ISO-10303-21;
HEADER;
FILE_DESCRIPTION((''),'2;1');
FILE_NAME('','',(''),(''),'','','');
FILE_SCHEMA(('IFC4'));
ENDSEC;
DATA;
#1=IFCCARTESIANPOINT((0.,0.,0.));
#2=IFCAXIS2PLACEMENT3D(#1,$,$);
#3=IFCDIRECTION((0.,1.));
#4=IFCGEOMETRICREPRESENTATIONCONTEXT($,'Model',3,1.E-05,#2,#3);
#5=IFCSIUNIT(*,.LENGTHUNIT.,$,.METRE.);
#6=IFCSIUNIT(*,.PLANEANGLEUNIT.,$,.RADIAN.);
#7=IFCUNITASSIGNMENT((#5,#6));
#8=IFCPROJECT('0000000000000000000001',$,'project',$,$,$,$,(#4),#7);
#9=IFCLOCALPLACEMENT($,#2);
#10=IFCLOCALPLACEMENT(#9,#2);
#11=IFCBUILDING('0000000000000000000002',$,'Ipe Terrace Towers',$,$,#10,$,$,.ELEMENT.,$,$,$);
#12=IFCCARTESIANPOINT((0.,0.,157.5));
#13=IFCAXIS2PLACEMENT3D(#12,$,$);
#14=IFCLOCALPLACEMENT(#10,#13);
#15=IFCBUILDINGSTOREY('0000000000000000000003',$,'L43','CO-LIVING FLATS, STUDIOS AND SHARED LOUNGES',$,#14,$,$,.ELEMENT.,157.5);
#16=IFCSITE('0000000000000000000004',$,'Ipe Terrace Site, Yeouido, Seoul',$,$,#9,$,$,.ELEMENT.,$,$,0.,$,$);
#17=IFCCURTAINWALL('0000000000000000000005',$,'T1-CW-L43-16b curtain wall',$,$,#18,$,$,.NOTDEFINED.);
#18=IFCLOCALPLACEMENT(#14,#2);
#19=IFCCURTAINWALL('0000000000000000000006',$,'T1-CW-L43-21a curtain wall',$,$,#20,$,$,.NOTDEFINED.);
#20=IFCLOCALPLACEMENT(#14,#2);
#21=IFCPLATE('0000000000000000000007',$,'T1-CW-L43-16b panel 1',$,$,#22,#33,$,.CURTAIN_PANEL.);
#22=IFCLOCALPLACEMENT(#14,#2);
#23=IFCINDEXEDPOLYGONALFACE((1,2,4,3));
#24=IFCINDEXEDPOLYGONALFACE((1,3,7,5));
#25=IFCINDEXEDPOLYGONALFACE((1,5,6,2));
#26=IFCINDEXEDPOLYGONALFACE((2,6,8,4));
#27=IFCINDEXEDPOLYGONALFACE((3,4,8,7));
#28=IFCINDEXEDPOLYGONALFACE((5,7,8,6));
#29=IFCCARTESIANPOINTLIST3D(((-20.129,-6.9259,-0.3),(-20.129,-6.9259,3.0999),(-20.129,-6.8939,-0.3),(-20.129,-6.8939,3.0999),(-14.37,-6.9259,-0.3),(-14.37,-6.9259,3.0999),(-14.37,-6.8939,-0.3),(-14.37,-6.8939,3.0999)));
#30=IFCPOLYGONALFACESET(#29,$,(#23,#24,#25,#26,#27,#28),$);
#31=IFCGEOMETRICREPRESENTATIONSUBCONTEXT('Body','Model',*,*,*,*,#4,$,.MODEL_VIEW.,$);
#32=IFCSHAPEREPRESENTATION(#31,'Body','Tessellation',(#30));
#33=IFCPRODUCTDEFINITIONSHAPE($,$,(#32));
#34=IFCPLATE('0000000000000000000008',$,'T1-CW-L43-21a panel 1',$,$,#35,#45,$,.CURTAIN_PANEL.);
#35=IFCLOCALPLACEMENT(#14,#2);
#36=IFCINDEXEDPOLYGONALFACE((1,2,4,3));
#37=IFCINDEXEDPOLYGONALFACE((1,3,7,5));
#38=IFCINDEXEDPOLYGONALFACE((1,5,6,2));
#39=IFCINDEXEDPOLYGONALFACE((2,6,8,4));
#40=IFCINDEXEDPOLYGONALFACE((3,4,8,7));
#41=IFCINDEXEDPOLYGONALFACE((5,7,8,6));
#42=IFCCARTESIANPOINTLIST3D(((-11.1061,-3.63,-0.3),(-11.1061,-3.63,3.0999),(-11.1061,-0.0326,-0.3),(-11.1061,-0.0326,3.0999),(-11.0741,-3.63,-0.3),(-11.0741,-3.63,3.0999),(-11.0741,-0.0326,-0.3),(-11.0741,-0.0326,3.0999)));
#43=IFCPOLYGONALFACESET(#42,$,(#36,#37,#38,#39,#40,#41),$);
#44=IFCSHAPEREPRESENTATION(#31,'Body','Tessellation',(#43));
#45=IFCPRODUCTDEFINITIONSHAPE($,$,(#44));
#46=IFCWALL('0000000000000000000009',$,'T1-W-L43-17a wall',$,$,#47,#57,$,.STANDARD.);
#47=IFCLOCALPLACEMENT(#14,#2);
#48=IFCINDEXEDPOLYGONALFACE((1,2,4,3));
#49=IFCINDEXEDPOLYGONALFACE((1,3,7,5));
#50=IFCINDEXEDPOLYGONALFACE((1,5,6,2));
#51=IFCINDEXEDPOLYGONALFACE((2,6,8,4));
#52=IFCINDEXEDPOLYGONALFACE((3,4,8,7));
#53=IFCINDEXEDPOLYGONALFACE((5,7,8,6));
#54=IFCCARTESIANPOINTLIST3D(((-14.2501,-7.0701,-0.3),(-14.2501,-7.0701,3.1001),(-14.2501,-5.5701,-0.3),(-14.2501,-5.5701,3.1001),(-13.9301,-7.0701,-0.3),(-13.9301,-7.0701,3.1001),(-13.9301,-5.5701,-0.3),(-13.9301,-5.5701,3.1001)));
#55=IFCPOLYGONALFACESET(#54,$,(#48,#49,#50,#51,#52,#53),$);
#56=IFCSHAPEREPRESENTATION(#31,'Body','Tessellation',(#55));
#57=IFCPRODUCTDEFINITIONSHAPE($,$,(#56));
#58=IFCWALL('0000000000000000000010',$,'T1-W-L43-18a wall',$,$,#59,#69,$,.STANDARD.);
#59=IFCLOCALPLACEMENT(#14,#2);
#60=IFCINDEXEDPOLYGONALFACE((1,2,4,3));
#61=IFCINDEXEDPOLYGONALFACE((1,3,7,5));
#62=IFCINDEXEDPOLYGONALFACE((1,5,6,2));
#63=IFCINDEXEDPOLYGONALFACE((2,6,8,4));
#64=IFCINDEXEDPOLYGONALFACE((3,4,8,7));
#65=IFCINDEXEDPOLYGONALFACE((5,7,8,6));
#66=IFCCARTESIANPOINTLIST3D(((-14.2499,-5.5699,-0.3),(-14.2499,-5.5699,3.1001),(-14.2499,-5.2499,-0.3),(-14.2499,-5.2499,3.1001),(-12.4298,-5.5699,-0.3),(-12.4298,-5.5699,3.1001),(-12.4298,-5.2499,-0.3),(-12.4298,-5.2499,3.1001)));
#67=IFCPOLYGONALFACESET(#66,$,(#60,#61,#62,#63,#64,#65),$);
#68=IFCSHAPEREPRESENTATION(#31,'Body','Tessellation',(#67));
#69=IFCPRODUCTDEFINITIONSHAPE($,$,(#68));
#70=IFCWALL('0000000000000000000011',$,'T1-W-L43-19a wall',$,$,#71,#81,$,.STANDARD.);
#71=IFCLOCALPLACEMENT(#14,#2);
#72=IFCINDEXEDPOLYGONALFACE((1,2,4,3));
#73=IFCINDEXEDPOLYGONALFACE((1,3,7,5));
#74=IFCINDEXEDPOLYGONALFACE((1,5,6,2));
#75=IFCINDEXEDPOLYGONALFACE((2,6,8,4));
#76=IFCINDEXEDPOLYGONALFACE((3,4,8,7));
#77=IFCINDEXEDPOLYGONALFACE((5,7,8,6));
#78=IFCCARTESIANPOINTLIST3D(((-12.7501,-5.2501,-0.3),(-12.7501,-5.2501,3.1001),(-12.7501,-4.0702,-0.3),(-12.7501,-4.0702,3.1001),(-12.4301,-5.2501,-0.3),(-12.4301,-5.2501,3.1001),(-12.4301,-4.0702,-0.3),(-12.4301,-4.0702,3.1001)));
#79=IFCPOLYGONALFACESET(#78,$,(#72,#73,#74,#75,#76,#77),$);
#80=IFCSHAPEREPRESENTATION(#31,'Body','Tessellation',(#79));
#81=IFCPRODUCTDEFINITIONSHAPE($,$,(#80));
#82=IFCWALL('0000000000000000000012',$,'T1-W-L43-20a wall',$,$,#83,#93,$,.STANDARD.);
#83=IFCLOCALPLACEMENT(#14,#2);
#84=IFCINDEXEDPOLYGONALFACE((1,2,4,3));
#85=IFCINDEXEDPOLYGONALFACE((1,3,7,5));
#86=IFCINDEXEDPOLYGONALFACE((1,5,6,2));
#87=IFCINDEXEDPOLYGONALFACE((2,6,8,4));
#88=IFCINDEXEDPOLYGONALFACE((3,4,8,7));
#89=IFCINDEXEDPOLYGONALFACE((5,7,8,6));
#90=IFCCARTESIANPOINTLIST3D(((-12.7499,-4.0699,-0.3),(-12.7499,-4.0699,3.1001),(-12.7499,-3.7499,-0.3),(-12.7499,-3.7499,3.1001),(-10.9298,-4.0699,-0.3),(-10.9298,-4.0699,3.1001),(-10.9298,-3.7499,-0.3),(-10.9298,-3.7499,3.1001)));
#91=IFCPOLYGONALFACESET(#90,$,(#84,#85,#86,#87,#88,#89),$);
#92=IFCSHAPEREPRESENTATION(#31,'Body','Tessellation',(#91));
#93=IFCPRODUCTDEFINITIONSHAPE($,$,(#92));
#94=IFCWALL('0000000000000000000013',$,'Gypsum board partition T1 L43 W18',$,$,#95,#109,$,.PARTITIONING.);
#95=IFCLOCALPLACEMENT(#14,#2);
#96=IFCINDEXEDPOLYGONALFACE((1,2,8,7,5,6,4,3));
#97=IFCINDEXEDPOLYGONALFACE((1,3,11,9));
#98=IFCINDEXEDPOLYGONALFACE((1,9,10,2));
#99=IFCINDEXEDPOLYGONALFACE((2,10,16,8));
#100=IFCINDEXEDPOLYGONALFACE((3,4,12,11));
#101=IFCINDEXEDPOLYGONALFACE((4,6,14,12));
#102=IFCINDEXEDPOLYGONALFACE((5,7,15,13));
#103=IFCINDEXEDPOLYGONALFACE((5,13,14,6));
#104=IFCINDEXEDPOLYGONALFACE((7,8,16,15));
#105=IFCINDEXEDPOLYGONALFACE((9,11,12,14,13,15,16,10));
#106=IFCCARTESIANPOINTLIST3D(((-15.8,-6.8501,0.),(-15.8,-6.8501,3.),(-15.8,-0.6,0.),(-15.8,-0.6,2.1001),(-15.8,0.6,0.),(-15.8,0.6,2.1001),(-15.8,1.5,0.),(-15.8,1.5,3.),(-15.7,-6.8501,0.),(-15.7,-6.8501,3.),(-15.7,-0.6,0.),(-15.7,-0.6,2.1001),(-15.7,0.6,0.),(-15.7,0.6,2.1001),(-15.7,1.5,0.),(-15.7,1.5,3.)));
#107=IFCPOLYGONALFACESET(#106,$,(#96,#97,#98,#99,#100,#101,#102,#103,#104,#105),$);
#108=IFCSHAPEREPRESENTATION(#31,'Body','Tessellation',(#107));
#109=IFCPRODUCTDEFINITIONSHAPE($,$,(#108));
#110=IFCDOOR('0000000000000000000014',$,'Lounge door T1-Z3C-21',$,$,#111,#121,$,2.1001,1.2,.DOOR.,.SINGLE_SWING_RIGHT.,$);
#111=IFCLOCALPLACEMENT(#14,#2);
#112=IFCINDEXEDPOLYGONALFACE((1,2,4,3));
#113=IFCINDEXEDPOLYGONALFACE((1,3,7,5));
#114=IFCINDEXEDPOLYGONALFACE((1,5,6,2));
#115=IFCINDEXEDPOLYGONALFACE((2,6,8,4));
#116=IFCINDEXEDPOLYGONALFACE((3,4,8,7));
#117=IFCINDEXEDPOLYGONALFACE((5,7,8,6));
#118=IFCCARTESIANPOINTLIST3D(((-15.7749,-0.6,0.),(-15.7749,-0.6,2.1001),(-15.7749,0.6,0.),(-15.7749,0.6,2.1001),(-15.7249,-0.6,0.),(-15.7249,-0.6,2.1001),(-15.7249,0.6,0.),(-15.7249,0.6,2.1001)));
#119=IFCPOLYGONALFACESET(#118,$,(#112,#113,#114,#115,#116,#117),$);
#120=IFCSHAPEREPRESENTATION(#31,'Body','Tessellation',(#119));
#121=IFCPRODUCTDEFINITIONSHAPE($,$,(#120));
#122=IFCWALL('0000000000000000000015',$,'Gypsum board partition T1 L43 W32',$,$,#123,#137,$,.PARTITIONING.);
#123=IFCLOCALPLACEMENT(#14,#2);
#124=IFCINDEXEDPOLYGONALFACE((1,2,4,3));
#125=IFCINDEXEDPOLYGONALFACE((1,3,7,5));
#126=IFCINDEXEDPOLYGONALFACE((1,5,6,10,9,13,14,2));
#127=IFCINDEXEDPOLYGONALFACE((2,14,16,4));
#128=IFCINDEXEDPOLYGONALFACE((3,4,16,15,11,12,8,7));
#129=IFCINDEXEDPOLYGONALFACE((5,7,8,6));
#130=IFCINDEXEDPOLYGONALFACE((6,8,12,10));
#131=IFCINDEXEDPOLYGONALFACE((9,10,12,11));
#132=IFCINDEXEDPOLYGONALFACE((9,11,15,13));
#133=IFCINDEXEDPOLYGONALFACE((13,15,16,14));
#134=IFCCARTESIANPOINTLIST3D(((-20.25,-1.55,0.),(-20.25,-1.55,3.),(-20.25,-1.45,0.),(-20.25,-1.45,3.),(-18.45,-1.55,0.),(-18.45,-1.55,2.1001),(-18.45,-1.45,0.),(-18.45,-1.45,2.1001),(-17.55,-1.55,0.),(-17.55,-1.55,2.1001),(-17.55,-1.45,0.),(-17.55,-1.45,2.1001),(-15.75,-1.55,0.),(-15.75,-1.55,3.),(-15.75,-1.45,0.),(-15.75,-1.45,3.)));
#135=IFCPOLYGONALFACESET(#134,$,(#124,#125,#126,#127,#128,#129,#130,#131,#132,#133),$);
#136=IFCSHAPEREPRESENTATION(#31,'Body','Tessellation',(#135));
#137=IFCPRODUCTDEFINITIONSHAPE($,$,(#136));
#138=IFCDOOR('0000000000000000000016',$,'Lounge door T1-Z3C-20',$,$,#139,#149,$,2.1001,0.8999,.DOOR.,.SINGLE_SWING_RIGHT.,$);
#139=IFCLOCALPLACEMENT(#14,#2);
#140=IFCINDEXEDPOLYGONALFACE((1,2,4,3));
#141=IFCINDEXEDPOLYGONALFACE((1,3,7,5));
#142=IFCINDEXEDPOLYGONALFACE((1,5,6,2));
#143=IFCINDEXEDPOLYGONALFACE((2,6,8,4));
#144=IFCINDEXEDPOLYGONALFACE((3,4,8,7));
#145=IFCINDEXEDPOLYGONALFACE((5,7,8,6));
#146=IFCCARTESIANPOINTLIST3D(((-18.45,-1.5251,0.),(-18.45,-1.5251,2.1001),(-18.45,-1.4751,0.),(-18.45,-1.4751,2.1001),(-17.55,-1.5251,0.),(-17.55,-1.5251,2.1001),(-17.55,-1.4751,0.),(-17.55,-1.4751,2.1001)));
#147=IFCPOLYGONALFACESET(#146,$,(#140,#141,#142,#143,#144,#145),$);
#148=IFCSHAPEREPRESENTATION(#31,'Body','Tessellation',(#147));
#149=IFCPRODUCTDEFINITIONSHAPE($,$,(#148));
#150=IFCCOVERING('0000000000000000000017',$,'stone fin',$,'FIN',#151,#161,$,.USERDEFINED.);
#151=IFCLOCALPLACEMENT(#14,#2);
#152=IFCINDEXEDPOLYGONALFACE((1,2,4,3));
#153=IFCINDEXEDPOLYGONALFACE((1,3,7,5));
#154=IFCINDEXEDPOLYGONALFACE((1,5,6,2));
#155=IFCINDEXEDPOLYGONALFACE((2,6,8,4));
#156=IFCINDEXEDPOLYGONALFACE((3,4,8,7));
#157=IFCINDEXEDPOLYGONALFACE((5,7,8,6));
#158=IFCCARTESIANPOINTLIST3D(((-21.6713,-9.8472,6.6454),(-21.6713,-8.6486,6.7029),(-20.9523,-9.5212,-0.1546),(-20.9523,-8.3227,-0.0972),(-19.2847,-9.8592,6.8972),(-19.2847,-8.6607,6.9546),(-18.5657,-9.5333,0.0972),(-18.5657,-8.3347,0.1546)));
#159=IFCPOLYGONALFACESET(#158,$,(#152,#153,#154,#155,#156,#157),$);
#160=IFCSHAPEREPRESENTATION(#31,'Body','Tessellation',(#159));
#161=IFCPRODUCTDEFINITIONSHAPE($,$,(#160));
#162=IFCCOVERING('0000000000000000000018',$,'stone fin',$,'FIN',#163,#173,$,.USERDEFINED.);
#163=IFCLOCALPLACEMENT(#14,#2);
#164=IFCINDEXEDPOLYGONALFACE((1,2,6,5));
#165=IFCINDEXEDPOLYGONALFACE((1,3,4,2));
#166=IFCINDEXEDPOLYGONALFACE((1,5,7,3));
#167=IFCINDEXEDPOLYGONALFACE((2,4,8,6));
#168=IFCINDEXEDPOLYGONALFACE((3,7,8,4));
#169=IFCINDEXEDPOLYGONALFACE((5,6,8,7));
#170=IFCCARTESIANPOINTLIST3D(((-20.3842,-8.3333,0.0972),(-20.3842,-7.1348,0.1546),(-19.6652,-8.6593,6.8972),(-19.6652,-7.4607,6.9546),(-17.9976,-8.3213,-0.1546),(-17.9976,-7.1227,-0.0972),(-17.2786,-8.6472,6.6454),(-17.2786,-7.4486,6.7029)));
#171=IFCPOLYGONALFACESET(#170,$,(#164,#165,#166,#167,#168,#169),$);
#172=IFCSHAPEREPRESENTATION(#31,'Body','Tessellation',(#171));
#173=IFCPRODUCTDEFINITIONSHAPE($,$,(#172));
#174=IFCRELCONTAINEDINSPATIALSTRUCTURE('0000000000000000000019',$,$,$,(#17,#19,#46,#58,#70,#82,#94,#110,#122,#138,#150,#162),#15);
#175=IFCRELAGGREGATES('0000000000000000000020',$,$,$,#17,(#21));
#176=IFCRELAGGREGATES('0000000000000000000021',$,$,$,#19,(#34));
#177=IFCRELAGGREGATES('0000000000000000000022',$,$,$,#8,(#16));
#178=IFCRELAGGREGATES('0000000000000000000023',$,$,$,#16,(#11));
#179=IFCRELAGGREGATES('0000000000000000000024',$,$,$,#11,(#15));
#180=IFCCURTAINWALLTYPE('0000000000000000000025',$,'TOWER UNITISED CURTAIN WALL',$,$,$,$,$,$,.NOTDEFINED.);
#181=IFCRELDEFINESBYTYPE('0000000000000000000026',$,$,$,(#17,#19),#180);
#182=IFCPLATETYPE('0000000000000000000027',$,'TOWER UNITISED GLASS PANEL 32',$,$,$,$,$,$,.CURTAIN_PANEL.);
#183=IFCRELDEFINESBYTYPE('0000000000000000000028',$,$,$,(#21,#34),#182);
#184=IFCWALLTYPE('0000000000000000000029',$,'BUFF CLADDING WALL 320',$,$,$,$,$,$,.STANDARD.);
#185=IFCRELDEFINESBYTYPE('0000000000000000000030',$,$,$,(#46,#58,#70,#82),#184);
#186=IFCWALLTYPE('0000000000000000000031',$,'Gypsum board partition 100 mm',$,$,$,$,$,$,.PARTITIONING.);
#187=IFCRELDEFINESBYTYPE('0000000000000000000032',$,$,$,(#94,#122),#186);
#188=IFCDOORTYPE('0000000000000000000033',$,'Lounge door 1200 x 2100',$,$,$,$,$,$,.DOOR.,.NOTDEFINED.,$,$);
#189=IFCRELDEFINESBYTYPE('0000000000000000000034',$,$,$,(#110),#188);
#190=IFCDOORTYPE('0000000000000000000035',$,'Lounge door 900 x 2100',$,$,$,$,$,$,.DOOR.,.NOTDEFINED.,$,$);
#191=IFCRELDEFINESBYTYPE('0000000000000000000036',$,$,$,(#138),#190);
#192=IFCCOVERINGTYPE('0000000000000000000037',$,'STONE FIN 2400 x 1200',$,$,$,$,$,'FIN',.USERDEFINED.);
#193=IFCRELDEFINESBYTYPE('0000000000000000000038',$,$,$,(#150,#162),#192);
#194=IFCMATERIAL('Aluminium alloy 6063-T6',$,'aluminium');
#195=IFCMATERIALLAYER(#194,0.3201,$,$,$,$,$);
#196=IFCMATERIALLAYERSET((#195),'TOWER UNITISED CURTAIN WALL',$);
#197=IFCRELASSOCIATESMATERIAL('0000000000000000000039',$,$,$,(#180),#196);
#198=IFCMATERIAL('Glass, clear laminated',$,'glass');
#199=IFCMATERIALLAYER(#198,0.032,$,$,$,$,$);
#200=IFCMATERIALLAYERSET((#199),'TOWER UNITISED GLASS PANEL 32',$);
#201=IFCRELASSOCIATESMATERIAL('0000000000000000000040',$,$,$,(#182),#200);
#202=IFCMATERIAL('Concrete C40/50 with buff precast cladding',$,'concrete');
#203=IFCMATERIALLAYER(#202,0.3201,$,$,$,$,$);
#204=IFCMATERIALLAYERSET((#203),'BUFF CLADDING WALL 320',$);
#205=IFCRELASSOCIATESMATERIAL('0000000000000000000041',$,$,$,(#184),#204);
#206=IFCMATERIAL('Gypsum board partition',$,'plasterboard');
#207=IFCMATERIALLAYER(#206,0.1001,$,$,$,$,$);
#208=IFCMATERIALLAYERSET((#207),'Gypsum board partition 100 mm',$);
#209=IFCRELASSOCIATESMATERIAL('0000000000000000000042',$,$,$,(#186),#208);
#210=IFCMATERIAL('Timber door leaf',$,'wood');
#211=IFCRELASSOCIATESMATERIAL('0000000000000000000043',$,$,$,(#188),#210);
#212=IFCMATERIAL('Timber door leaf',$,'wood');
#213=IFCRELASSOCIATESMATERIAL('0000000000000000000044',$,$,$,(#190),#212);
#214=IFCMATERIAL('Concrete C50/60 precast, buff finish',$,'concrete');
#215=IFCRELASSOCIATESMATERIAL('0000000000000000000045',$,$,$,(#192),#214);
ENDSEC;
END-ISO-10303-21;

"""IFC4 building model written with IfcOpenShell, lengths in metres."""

from ifc_helpers import new_model, si_unit, direction, frame, frame_2d, origin, origin_2d, place, context, subcontext, project, spatial, rectangle, extrude, material, layer, layer_set, material_profile, profile_set, type_object, element, fill, aggregate, save


model = new_model("IFC4")

# Units and contexts
model_context = context("Model", 3, precision=1e-05, world=origin(), true_north=direction((0.0, 1.0)))
body_context = subcontext(model_context, "Body", "Model", "MODEL_VIEW")
ifc_project = project(units=[si_unit("LENGTHUNIT", "METRE"), si_unit("PLANEANGLEUNIT", "RADIAN")], contexts=[model_context])

# Site, building, storey
site_placement = place(None, origin())
site = spatial("IfcSite", under=ifc_project, at=site_placement, Name="Ipe Terrace Site, Yeouido, Seoul", CompositionType="ELEMENT", RefElevation=0.0)
building_placement = place(site_placement, origin())
building = spatial("IfcBuilding", under=site, at=building_placement, Name="Ipe Terrace Towers", CompositionType="ELEMENT")
storey_placement = place(building_placement, frame((0.0, 0.0, 157.5)))
storey = spatial("IfcBuildingStorey", under=building, at=storey_placement, Name="L43", Description="CO-LIVING FLATS, STUDIOS AND SHARED LOUNGES", CompositionType="ELEMENT", Elevation=157.5)

# Curtain walls
ifc_material_1 = material(Name="Aluminium alloy 6063-T6", Category="aluminium")
ifc_layer_1 = layer(ifc_material_1, 0.3201)
ifc_layer_set_1 = layer_set([ifc_layer_1], Name="TOWER UNITISED CURTAIN WALL")
curtain_wall_type = type_object("IfcCurtainWallType", Name="TOWER UNITISED CURTAIN WALL", PredefinedType="NOTDEFINED", material=ifc_layer_set_1)
curtain_wall_1_placement = place(storey_placement, origin())
curtain_wall_1 = element("IfcCurtainWall", 1, at=curtain_wall_1_placement, inside=storey, type_object=curtain_wall_type, Name="T1-CW-L43-16b curtain wall", PredefinedType="NOTDEFINED")
curtain_wall_2_placement = place(storey_placement, origin())
curtain_wall_2 = element("IfcCurtainWall", 2, at=curtain_wall_2_placement, inside=storey, type_object=curtain_wall_type, Name="T1-CW-L43-21a curtain wall", PredefinedType="NOTDEFINED")

# Plates
ifc_material_2 = material(Name="Glass, clear laminated", Category="glass")
ifc_layer_2 = layer(ifc_material_2, 0.032)
ifc_layer_set_2 = layer_set([ifc_layer_2], Name="TOWER UNITISED GLASS PANEL 32")
plate_type = type_object("IfcPlateType", Name="TOWER UNITISED GLASS PANEL 32", PredefinedType="CURTAIN_PANEL", material=ifc_layer_set_2)
plate_1_placement = place(storey_placement, frame((-17.2495, -6.9099, -0.3), z_axis=(0.0, 0.0, 1.0), x_axis=(1.0, 0.0, 0.0)))
plate_1 = element("IfcPlate", 3, at=plate_1_placement, type_object=plate_type, Name="T1-CW-L43-16b panel 1", PredefinedType="CURTAIN_PANEL", context=body_context, shape_type="SweptSolid", body=[
    extrude(rectangle(XDim=5.759, YDim=0.032, at=origin_2d()), origin(), (0.0, 0.0, 1.0), 3.3999),
])
aggregate(curtain_wall_1, [plate_1])
plate_2_placement = place(storey_placement, frame((-11.0901, -1.8313, -0.3), z_axis=(0.0, 0.0, 1.0), x_axis=(0.0, 1.0, 0.0)))
plate_2 = element("IfcPlate", 4, at=plate_2_placement, type_object=plate_type, Name="T1-CW-L43-21a panel 1", PredefinedType="CURTAIN_PANEL", context=body_context, shape_type="SweptSolid", body=[
    extrude(rectangle(XDim=3.5974, YDim=0.032, at=origin_2d()), origin(), (0.0, 0.0, 1.0), 3.3999),
])
aggregate(curtain_wall_2, [plate_2])

# Walls
ifc_material_3 = material(Name="Concrete C40/50 with buff precast cladding", Category="concrete")
ifc_layer_3 = layer(ifc_material_3, 0.3201)
ifc_layer_set_3 = layer_set([ifc_layer_3], Name="BUFF CLADDING WALL 320")
wall_type_1 = type_object("IfcWallType", Name="BUFF CLADDING WALL 320", PredefinedType="STANDARD", material=ifc_layer_set_3)
wall_1_placement = place(storey_placement, frame((-14.0901, -7.0701, -0.3), z_axis=(0.0, 0.0, 1.0), x_axis=(0.0, 1.0, 0.0)))
element("IfcWall", 5, at=wall_1_placement, inside=storey, type_object=wall_type_1, Name="T1-W-L43-17a wall", PredefinedType="STANDARD", context=body_context, shape_type="SweptSolid", body=[
    extrude(rectangle(XDim=1.5, YDim=0.3201, at=frame_2d((0.75, 0.0))), origin(), (0.0, 0.0, 1.0), 3.4001),
])
wall_2_placement = place(storey_placement, frame((-14.25, -5.4099, -0.3), z_axis=(0.0, 0.0, 1.0), x_axis=(1.0, 0.0, 0.0)))
element("IfcWall", 6, at=wall_2_placement, inside=storey, type_object=wall_type_1, Name="T1-W-L43-18a wall", PredefinedType="STANDARD", context=body_context, shape_type="SweptSolid", body=[
    extrude(rectangle(XDim=1.8201, YDim=0.3201, at=frame_2d((0.9102, 0.0))), origin(), (0.0, 0.0, 1.0), 3.4001),
])
wall_3_placement = place(storey_placement, frame((-12.5901, -5.25, -0.3), z_axis=(0.0, 0.0, 1.0), x_axis=(0.0, 1.0, 0.0)))
element("IfcWall", 7, at=wall_3_placement, inside=storey, type_object=wall_type_1, Name="T1-W-L43-19a wall", PredefinedType="STANDARD", context=body_context, shape_type="SweptSolid", body=[
    extrude(rectangle(XDim=1.1799, YDim=0.3201, at=frame_2d((0.5898, 0.0))), origin(), (0.0, 0.0, 1.0), 3.4001),
])
wall_4_placement = place(storey_placement, frame((-12.75, -3.9099, -0.3), z_axis=(0.0, 0.0, 1.0), x_axis=(1.0, 0.0, 0.0)))
element("IfcWall", 8, at=wall_4_placement, inside=storey, type_object=wall_type_1, Name="T1-W-L43-20a wall", PredefinedType="STANDARD", context=body_context, shape_type="SweptSolid", body=[
    extrude(rectangle(XDim=1.8201, YDim=0.3201, at=frame_2d((0.9102, 0.0))), origin(), (0.0, 0.0, 1.0), 3.4001),
])

# Walls, openings, doors
ifc_material_4 = material(Name="Gypsum board partition", Category="plasterboard")
ifc_layer_4 = layer(ifc_material_4, 0.1001)
ifc_layer_set_4 = layer_set([ifc_layer_4], Name="Gypsum board partition 100 mm")
wall_type_2 = type_object("IfcWallType", Name="Gypsum board partition 100 mm", PredefinedType="PARTITIONING", material=ifc_layer_set_4)
wall_5_placement = place(storey_placement, frame((-15.75, -6.8501, 0.0), z_axis=(0.0, 0.0, 1.0), x_axis=(0.0, 1.0, 0.0)))
wall_5 = element("IfcWall", 9, at=wall_5_placement, inside=storey, type_object=wall_type_2, Name="Gypsum board partition T1 L43 W18", PredefinedType="PARTITIONING", context=body_context, shape_type="SweptSolid", body=[
    extrude(rectangle(XDim=8.3501, YDim=0.1001, at=frame_2d((4.175, 0.0))), origin(), (0.0, 0.0, 1.0), 3.0),
])
opening_1_placement = place(wall_5_placement, frame((6.25, 0.0, 0.0)))
opening_1 = element("IfcOpeningElement", 10, at=opening_1_placement, cuts=wall_5, PredefinedType="OPENING", context=body_context, shape_type="SweptSolid", body=[
    extrude(rectangle(XDim=1.2, YDim=2.1001, at=frame_2d((0.6001, 1.05))), frame((0.0, 0.0601, 0.0), z_axis=(0.0, -1.0, 0.0), x_axis=(1.0, 0.0, 0.0)), (0.0, 0.0, 1.0), 0.1201),
])
ifc_material_5 = material(Name="Timber door leaf", Category="wood")
door_type_1 = type_object("IfcDoorType", Name="Lounge door 1200 x 2100", OperationType="NOTDEFINED", PredefinedType="DOOR", material=ifc_material_5)
door_1_placement = place(opening_1_placement, origin())
door_1 = element("IfcDoor", 11, at=door_1_placement, inside=storey, type_object=door_type_1, Name="Lounge door T1-Z3C-21", OperationType="SINGLE_SWING_RIGHT", OverallHeight=2.1001, OverallWidth=1.2, PredefinedType="DOOR", context=body_context, shape_type="SweptSolid", body=[
    extrude(rectangle(XDim=1.2, YDim=2.1001, at=frame_2d((0.6001, 1.05))), frame((0.0, 0.0249, 0.0), z_axis=(0.0, -1.0, 0.0), x_axis=(1.0, 0.0, 0.0)), (0.0, 0.0, 1.0), 0.05),
])
fill(opening_1, door_1)
wall_6_placement = place(storey_placement, frame((-20.25, -1.5, 0.0), z_axis=(0.0, 0.0, 1.0), x_axis=(1.0, 0.0, 0.0)))
wall_6 = element("IfcWall", 12, at=wall_6_placement, inside=storey, type_object=wall_type_2, Name="Gypsum board partition T1 L43 W32", PredefinedType="PARTITIONING", context=body_context, shape_type="SweptSolid", body=[
    extrude(rectangle(XDim=4.5, YDim=0.1001, at=frame_2d((2.25, 0.0))), origin(), (0.0, 0.0, 1.0), 3.0),
])
opening_2_placement = place(wall_6_placement, frame((1.8, 0.0, 0.0)))
opening_2 = element("IfcOpeningElement", 13, at=opening_2_placement, cuts=wall_6, PredefinedType="OPENING", context=body_context, shape_type="SweptSolid", body=[
    extrude(rectangle(XDim=0.8999, YDim=2.1001, at=frame_2d((0.45, 1.05))), frame((0.0, 0.0601, 0.0), z_axis=(0.0, -1.0, 0.0), x_axis=(1.0, 0.0, 0.0)), (0.0, 0.0, 1.0), 0.1201),
])
ifc_material_6 = material(Name="Timber door leaf", Category="wood")
door_type_2 = type_object("IfcDoorType", Name="Lounge door 900 x 2100", OperationType="NOTDEFINED", PredefinedType="DOOR", material=ifc_material_6)
door_2_placement = place(opening_2_placement, origin())
door_2 = element("IfcDoor", 14, at=door_2_placement, inside=storey, type_object=door_type_2, Name="Lounge door T1-Z3C-20", OperationType="SINGLE_SWING_RIGHT", OverallHeight=2.1001, OverallWidth=0.8999, PredefinedType="DOOR", context=body_context, shape_type="SweptSolid", body=[
    extrude(rectangle(XDim=0.8999, YDim=2.1001, at=frame_2d((0.45, 1.05))), frame((0.0, 0.0249, 0.0), z_axis=(0.0, -1.0, 0.0), x_axis=(1.0, 0.0, 0.0)), (0.0, 0.0, 1.0), 0.05),
])
fill(opening_2, door_2)

# Coverings
ifc_material_7 = material(Name="Concrete C50/60 precast, buff finish", Category="concrete")
ifc_material_profile_1 = material_profile(ifc_material_7, rectangle(XDim=2.3999, YDim=1.2, at=origin_2d()), Name="STONE FIN 2400 x 1200")
ifc_profile_set_1 = profile_set([ifc_material_profile_1], Name="Concrete C50/60 precast, buff finish")
covering_type_1 = type_object("IfcCoveringType", Name="STONE FIN 2400 x 1200", ElementType="FIN", PredefinedType="USERDEFINED", material=ifc_profile_set_1)
for number, where, z_axis, x_axis, name in (
    (15, (-19.759, -8.928, 0.0), (-0.105028, -0.04761, 0.993329), (0.994469, -0.005028, 0.104908), "stone fin"),
    (16, (-19.1909, -7.728, 0.0), (0.105028, -0.04761, 0.993329), (0.994469, 0.005028, -0.104908), "stone fin"),
):
    element("IfcCovering", number, at=place(storey_placement, frame(where, z_axis=z_axis, x_axis=x_axis)), inside=storey, type_object=covering_type_1, Name=name, ObjectType="FIN", PredefinedType="USERDEFINED", context=body_context, shape_type="SweptSolid", body=[
        extrude(rectangle(XDim=2.3999, YDim=1.2, at=origin_2d()), origin(), (0.0, 0.0, 1.0), 6.8457),
    ])

save(model, "model.ifc")
